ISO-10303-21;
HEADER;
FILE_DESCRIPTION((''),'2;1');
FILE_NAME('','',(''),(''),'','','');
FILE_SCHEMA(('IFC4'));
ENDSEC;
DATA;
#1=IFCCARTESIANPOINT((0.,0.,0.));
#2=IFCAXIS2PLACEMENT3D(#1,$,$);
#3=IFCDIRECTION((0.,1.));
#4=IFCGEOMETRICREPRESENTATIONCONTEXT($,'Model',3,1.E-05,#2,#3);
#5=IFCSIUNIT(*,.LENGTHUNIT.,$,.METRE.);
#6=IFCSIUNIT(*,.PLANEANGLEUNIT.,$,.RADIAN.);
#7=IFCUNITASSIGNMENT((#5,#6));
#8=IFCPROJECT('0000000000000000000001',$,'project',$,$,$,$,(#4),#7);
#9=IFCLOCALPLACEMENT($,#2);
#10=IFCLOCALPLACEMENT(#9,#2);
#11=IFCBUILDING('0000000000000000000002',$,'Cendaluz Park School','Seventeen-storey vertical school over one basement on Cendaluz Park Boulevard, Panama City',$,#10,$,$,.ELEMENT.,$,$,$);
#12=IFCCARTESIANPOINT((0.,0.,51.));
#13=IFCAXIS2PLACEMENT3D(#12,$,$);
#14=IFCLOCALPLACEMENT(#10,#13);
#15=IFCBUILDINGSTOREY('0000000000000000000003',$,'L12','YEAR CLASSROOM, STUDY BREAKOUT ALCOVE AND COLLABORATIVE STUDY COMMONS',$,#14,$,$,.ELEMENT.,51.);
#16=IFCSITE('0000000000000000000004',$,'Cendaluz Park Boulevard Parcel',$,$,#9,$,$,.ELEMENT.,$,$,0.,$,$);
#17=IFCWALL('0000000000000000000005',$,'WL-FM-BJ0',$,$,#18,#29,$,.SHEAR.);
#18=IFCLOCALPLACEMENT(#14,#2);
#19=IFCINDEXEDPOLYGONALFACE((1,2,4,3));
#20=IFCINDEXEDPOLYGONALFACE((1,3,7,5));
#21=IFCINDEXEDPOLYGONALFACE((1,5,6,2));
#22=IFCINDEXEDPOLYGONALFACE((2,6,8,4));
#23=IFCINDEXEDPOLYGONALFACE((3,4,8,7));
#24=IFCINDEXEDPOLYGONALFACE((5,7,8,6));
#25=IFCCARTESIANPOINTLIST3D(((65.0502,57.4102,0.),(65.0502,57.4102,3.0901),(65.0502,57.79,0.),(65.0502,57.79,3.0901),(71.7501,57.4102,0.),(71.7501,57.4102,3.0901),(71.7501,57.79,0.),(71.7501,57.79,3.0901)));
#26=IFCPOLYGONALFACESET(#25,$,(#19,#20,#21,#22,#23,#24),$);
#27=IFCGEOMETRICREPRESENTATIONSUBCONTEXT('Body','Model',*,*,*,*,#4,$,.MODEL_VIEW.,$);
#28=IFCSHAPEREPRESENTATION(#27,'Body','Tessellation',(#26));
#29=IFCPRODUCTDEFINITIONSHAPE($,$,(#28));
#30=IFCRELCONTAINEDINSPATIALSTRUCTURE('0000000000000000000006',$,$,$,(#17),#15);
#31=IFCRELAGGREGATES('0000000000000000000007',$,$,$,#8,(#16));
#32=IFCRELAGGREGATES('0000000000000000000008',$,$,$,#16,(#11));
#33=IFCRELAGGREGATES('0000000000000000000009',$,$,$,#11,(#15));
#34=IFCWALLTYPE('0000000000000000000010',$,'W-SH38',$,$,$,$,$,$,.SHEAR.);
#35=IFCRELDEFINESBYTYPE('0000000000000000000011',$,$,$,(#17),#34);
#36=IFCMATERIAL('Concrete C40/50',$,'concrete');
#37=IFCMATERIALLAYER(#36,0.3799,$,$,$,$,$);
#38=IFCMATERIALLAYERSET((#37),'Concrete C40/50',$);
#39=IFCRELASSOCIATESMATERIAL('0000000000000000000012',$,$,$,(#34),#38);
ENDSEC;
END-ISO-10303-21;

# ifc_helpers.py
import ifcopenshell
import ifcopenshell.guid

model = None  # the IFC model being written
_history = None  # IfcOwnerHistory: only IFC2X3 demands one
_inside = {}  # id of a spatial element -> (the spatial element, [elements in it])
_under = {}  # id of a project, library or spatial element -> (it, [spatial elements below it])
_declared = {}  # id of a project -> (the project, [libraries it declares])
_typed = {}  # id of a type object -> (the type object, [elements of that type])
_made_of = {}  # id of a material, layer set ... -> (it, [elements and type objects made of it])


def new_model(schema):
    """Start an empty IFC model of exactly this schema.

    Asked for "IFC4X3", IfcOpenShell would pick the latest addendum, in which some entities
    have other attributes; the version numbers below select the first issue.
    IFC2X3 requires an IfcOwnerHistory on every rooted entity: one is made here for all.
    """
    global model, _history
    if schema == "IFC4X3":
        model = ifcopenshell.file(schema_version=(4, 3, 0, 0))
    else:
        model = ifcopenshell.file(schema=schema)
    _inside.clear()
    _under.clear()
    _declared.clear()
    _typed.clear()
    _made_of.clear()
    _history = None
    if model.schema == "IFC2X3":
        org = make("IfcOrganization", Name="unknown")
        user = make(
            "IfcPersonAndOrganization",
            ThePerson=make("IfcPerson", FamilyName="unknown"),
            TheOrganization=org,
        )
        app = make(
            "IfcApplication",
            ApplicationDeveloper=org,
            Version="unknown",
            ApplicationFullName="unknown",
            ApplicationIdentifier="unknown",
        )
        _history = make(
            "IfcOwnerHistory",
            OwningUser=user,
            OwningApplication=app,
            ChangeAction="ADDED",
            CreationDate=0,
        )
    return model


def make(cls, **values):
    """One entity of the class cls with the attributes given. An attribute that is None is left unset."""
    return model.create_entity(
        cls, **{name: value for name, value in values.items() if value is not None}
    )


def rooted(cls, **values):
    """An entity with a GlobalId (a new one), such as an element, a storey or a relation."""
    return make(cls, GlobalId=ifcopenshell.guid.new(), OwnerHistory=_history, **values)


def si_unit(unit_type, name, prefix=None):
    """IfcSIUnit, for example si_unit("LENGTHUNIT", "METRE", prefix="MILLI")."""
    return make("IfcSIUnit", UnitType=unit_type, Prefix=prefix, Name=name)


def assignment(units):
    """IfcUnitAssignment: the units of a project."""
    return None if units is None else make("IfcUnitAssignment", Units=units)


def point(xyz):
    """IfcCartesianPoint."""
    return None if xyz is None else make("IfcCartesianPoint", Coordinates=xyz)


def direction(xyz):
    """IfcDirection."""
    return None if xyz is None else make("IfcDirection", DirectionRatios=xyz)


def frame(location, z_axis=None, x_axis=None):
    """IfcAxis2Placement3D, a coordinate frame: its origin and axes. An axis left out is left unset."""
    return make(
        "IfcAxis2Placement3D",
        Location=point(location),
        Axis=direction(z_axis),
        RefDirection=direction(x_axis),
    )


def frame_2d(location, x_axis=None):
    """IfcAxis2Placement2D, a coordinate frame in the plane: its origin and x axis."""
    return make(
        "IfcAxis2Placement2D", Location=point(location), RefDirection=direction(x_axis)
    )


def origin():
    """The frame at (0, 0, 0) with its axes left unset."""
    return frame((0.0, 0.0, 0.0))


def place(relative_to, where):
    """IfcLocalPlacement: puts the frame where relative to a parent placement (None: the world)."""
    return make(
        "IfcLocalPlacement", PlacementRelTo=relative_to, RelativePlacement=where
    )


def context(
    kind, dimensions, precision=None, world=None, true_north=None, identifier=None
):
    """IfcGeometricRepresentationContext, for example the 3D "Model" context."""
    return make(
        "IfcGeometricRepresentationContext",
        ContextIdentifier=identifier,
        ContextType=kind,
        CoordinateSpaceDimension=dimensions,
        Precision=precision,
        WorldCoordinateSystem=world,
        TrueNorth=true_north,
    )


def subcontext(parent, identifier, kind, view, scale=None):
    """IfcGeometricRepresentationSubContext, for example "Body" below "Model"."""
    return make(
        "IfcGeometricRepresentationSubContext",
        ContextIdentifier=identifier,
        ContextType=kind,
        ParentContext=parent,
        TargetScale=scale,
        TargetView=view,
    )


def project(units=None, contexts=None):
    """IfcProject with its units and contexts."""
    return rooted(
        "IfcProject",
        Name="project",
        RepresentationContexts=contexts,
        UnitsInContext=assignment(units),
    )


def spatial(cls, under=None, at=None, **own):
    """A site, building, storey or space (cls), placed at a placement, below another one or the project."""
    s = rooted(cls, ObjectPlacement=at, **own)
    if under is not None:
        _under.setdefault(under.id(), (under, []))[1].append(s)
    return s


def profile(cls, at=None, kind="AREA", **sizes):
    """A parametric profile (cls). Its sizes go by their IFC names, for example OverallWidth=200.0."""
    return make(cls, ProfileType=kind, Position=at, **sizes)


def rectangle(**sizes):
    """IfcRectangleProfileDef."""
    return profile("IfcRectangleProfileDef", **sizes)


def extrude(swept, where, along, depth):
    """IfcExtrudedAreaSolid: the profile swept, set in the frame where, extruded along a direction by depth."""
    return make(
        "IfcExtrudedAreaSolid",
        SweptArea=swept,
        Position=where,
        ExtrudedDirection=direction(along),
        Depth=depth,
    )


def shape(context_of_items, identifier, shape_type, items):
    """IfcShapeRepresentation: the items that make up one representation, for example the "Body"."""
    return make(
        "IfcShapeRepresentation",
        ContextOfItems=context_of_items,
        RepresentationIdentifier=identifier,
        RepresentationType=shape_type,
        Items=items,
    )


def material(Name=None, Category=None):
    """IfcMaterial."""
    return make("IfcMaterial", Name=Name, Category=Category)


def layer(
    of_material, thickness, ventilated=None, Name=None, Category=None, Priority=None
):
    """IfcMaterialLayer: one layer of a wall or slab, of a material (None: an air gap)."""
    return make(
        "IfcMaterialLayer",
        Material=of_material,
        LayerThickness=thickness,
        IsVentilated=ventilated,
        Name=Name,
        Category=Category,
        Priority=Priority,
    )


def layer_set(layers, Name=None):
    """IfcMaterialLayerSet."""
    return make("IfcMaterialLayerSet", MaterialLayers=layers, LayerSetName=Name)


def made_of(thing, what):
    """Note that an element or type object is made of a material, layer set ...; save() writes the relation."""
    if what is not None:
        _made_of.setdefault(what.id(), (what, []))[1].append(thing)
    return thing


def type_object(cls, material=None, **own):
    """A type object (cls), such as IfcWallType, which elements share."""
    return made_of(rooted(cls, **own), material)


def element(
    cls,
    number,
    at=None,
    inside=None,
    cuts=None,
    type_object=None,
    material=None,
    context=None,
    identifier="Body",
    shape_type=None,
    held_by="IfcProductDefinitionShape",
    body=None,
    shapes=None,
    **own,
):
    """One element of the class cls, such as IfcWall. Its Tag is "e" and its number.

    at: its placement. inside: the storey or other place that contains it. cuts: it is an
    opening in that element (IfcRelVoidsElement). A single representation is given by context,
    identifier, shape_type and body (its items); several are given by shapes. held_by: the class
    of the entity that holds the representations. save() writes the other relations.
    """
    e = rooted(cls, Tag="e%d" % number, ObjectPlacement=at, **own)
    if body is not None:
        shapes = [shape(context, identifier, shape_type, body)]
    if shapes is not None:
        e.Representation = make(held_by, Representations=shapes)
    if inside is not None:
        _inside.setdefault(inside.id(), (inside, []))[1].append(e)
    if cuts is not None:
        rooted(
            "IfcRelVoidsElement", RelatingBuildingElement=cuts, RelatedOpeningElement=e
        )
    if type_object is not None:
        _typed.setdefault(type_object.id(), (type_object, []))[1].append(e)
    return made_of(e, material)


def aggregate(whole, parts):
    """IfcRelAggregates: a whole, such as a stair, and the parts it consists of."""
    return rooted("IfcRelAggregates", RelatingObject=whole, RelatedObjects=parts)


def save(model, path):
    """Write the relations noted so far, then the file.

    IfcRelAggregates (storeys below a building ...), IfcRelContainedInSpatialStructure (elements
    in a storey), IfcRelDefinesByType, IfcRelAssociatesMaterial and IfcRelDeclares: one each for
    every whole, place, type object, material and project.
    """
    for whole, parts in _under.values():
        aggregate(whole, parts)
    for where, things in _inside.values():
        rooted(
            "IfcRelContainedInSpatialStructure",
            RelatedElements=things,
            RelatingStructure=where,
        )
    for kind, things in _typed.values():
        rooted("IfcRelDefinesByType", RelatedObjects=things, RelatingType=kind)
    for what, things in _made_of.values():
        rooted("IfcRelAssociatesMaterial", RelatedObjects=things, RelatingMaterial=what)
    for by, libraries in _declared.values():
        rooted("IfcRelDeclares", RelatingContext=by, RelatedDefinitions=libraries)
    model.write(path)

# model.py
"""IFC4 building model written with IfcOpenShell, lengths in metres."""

from ifc_helpers import new_model, si_unit, direction, frame, frame_2d, origin, place, context, subcontext, project, spatial, rectangle, extrude, material, layer, layer_set, type_object, element, save


model = new_model("IFC4")

# Units and contexts
model_context = context("Model", 3, precision=1e-05, world=origin(), true_north=direction((0.0, 1.0)))
body_context = subcontext(model_context, "Body", "Model", "MODEL_VIEW")
ifc_project = project(units=[si_unit("LENGTHUNIT", "METRE"), si_unit("PLANEANGLEUNIT", "RADIAN")], contexts=[model_context])

# Site, building, storey
site_placement = place(None, origin())
site = spatial("IfcSite", under=ifc_project, at=site_placement, Name="Cendaluz Park Boulevard Parcel", CompositionType="ELEMENT", RefElevation=0.0)
building_placement = place(site_placement, origin())
building = spatial("IfcBuilding", under=site, at=building_placement, Name="Cendaluz Park School", Description="Seventeen-storey vertical school over one basement on Cendaluz Park Boulevard, Panama City", CompositionType="ELEMENT")
storey_placement = place(building_placement, frame((0.0, 0.0, 51.0)))
storey = spatial("IfcBuildingStorey", under=building, at=storey_placement, Name="L12", Description="YEAR CLASSROOM, STUDY BREAKOUT ALCOVE AND COLLABORATIVE STUDY COMMONS", CompositionType="ELEMENT", Elevation=51.0)

# Shared definitions
ifc_material_1 = material(Name="Concrete C40/50", Category="concrete")

# Wall
ifc_layer_1 = layer(ifc_material_1, 0.3799)
ifc_layer_set_1 = layer_set([ifc_layer_1], Name="Concrete C40/50")
wall_type_1 = type_object("IfcWallType", Name="W-SH38", PredefinedType="SHEAR", material=ifc_layer_set_1)
wall_1_placement = place(storey_placement, frame((65.05, 57.6001, 0.0), z_axis=(0.0, 0.0, 1.0), x_axis=(1.0, 0.0, 0.0)))
element("IfcWall", 1, at=wall_1_placement, inside=storey, type_object=wall_type_1, Name="WL-FM-BJ0", PredefinedType="SHEAR", context=body_context, shape_type="SweptSolid", body=[
    extrude(rectangle(XDim=6.7, YDim=0.3799, at=frame_2d((3.3501, 0.0))), origin(), (0.0, 0.0, 1.0), 3.0901),
])

save(model, "model.ifc")
